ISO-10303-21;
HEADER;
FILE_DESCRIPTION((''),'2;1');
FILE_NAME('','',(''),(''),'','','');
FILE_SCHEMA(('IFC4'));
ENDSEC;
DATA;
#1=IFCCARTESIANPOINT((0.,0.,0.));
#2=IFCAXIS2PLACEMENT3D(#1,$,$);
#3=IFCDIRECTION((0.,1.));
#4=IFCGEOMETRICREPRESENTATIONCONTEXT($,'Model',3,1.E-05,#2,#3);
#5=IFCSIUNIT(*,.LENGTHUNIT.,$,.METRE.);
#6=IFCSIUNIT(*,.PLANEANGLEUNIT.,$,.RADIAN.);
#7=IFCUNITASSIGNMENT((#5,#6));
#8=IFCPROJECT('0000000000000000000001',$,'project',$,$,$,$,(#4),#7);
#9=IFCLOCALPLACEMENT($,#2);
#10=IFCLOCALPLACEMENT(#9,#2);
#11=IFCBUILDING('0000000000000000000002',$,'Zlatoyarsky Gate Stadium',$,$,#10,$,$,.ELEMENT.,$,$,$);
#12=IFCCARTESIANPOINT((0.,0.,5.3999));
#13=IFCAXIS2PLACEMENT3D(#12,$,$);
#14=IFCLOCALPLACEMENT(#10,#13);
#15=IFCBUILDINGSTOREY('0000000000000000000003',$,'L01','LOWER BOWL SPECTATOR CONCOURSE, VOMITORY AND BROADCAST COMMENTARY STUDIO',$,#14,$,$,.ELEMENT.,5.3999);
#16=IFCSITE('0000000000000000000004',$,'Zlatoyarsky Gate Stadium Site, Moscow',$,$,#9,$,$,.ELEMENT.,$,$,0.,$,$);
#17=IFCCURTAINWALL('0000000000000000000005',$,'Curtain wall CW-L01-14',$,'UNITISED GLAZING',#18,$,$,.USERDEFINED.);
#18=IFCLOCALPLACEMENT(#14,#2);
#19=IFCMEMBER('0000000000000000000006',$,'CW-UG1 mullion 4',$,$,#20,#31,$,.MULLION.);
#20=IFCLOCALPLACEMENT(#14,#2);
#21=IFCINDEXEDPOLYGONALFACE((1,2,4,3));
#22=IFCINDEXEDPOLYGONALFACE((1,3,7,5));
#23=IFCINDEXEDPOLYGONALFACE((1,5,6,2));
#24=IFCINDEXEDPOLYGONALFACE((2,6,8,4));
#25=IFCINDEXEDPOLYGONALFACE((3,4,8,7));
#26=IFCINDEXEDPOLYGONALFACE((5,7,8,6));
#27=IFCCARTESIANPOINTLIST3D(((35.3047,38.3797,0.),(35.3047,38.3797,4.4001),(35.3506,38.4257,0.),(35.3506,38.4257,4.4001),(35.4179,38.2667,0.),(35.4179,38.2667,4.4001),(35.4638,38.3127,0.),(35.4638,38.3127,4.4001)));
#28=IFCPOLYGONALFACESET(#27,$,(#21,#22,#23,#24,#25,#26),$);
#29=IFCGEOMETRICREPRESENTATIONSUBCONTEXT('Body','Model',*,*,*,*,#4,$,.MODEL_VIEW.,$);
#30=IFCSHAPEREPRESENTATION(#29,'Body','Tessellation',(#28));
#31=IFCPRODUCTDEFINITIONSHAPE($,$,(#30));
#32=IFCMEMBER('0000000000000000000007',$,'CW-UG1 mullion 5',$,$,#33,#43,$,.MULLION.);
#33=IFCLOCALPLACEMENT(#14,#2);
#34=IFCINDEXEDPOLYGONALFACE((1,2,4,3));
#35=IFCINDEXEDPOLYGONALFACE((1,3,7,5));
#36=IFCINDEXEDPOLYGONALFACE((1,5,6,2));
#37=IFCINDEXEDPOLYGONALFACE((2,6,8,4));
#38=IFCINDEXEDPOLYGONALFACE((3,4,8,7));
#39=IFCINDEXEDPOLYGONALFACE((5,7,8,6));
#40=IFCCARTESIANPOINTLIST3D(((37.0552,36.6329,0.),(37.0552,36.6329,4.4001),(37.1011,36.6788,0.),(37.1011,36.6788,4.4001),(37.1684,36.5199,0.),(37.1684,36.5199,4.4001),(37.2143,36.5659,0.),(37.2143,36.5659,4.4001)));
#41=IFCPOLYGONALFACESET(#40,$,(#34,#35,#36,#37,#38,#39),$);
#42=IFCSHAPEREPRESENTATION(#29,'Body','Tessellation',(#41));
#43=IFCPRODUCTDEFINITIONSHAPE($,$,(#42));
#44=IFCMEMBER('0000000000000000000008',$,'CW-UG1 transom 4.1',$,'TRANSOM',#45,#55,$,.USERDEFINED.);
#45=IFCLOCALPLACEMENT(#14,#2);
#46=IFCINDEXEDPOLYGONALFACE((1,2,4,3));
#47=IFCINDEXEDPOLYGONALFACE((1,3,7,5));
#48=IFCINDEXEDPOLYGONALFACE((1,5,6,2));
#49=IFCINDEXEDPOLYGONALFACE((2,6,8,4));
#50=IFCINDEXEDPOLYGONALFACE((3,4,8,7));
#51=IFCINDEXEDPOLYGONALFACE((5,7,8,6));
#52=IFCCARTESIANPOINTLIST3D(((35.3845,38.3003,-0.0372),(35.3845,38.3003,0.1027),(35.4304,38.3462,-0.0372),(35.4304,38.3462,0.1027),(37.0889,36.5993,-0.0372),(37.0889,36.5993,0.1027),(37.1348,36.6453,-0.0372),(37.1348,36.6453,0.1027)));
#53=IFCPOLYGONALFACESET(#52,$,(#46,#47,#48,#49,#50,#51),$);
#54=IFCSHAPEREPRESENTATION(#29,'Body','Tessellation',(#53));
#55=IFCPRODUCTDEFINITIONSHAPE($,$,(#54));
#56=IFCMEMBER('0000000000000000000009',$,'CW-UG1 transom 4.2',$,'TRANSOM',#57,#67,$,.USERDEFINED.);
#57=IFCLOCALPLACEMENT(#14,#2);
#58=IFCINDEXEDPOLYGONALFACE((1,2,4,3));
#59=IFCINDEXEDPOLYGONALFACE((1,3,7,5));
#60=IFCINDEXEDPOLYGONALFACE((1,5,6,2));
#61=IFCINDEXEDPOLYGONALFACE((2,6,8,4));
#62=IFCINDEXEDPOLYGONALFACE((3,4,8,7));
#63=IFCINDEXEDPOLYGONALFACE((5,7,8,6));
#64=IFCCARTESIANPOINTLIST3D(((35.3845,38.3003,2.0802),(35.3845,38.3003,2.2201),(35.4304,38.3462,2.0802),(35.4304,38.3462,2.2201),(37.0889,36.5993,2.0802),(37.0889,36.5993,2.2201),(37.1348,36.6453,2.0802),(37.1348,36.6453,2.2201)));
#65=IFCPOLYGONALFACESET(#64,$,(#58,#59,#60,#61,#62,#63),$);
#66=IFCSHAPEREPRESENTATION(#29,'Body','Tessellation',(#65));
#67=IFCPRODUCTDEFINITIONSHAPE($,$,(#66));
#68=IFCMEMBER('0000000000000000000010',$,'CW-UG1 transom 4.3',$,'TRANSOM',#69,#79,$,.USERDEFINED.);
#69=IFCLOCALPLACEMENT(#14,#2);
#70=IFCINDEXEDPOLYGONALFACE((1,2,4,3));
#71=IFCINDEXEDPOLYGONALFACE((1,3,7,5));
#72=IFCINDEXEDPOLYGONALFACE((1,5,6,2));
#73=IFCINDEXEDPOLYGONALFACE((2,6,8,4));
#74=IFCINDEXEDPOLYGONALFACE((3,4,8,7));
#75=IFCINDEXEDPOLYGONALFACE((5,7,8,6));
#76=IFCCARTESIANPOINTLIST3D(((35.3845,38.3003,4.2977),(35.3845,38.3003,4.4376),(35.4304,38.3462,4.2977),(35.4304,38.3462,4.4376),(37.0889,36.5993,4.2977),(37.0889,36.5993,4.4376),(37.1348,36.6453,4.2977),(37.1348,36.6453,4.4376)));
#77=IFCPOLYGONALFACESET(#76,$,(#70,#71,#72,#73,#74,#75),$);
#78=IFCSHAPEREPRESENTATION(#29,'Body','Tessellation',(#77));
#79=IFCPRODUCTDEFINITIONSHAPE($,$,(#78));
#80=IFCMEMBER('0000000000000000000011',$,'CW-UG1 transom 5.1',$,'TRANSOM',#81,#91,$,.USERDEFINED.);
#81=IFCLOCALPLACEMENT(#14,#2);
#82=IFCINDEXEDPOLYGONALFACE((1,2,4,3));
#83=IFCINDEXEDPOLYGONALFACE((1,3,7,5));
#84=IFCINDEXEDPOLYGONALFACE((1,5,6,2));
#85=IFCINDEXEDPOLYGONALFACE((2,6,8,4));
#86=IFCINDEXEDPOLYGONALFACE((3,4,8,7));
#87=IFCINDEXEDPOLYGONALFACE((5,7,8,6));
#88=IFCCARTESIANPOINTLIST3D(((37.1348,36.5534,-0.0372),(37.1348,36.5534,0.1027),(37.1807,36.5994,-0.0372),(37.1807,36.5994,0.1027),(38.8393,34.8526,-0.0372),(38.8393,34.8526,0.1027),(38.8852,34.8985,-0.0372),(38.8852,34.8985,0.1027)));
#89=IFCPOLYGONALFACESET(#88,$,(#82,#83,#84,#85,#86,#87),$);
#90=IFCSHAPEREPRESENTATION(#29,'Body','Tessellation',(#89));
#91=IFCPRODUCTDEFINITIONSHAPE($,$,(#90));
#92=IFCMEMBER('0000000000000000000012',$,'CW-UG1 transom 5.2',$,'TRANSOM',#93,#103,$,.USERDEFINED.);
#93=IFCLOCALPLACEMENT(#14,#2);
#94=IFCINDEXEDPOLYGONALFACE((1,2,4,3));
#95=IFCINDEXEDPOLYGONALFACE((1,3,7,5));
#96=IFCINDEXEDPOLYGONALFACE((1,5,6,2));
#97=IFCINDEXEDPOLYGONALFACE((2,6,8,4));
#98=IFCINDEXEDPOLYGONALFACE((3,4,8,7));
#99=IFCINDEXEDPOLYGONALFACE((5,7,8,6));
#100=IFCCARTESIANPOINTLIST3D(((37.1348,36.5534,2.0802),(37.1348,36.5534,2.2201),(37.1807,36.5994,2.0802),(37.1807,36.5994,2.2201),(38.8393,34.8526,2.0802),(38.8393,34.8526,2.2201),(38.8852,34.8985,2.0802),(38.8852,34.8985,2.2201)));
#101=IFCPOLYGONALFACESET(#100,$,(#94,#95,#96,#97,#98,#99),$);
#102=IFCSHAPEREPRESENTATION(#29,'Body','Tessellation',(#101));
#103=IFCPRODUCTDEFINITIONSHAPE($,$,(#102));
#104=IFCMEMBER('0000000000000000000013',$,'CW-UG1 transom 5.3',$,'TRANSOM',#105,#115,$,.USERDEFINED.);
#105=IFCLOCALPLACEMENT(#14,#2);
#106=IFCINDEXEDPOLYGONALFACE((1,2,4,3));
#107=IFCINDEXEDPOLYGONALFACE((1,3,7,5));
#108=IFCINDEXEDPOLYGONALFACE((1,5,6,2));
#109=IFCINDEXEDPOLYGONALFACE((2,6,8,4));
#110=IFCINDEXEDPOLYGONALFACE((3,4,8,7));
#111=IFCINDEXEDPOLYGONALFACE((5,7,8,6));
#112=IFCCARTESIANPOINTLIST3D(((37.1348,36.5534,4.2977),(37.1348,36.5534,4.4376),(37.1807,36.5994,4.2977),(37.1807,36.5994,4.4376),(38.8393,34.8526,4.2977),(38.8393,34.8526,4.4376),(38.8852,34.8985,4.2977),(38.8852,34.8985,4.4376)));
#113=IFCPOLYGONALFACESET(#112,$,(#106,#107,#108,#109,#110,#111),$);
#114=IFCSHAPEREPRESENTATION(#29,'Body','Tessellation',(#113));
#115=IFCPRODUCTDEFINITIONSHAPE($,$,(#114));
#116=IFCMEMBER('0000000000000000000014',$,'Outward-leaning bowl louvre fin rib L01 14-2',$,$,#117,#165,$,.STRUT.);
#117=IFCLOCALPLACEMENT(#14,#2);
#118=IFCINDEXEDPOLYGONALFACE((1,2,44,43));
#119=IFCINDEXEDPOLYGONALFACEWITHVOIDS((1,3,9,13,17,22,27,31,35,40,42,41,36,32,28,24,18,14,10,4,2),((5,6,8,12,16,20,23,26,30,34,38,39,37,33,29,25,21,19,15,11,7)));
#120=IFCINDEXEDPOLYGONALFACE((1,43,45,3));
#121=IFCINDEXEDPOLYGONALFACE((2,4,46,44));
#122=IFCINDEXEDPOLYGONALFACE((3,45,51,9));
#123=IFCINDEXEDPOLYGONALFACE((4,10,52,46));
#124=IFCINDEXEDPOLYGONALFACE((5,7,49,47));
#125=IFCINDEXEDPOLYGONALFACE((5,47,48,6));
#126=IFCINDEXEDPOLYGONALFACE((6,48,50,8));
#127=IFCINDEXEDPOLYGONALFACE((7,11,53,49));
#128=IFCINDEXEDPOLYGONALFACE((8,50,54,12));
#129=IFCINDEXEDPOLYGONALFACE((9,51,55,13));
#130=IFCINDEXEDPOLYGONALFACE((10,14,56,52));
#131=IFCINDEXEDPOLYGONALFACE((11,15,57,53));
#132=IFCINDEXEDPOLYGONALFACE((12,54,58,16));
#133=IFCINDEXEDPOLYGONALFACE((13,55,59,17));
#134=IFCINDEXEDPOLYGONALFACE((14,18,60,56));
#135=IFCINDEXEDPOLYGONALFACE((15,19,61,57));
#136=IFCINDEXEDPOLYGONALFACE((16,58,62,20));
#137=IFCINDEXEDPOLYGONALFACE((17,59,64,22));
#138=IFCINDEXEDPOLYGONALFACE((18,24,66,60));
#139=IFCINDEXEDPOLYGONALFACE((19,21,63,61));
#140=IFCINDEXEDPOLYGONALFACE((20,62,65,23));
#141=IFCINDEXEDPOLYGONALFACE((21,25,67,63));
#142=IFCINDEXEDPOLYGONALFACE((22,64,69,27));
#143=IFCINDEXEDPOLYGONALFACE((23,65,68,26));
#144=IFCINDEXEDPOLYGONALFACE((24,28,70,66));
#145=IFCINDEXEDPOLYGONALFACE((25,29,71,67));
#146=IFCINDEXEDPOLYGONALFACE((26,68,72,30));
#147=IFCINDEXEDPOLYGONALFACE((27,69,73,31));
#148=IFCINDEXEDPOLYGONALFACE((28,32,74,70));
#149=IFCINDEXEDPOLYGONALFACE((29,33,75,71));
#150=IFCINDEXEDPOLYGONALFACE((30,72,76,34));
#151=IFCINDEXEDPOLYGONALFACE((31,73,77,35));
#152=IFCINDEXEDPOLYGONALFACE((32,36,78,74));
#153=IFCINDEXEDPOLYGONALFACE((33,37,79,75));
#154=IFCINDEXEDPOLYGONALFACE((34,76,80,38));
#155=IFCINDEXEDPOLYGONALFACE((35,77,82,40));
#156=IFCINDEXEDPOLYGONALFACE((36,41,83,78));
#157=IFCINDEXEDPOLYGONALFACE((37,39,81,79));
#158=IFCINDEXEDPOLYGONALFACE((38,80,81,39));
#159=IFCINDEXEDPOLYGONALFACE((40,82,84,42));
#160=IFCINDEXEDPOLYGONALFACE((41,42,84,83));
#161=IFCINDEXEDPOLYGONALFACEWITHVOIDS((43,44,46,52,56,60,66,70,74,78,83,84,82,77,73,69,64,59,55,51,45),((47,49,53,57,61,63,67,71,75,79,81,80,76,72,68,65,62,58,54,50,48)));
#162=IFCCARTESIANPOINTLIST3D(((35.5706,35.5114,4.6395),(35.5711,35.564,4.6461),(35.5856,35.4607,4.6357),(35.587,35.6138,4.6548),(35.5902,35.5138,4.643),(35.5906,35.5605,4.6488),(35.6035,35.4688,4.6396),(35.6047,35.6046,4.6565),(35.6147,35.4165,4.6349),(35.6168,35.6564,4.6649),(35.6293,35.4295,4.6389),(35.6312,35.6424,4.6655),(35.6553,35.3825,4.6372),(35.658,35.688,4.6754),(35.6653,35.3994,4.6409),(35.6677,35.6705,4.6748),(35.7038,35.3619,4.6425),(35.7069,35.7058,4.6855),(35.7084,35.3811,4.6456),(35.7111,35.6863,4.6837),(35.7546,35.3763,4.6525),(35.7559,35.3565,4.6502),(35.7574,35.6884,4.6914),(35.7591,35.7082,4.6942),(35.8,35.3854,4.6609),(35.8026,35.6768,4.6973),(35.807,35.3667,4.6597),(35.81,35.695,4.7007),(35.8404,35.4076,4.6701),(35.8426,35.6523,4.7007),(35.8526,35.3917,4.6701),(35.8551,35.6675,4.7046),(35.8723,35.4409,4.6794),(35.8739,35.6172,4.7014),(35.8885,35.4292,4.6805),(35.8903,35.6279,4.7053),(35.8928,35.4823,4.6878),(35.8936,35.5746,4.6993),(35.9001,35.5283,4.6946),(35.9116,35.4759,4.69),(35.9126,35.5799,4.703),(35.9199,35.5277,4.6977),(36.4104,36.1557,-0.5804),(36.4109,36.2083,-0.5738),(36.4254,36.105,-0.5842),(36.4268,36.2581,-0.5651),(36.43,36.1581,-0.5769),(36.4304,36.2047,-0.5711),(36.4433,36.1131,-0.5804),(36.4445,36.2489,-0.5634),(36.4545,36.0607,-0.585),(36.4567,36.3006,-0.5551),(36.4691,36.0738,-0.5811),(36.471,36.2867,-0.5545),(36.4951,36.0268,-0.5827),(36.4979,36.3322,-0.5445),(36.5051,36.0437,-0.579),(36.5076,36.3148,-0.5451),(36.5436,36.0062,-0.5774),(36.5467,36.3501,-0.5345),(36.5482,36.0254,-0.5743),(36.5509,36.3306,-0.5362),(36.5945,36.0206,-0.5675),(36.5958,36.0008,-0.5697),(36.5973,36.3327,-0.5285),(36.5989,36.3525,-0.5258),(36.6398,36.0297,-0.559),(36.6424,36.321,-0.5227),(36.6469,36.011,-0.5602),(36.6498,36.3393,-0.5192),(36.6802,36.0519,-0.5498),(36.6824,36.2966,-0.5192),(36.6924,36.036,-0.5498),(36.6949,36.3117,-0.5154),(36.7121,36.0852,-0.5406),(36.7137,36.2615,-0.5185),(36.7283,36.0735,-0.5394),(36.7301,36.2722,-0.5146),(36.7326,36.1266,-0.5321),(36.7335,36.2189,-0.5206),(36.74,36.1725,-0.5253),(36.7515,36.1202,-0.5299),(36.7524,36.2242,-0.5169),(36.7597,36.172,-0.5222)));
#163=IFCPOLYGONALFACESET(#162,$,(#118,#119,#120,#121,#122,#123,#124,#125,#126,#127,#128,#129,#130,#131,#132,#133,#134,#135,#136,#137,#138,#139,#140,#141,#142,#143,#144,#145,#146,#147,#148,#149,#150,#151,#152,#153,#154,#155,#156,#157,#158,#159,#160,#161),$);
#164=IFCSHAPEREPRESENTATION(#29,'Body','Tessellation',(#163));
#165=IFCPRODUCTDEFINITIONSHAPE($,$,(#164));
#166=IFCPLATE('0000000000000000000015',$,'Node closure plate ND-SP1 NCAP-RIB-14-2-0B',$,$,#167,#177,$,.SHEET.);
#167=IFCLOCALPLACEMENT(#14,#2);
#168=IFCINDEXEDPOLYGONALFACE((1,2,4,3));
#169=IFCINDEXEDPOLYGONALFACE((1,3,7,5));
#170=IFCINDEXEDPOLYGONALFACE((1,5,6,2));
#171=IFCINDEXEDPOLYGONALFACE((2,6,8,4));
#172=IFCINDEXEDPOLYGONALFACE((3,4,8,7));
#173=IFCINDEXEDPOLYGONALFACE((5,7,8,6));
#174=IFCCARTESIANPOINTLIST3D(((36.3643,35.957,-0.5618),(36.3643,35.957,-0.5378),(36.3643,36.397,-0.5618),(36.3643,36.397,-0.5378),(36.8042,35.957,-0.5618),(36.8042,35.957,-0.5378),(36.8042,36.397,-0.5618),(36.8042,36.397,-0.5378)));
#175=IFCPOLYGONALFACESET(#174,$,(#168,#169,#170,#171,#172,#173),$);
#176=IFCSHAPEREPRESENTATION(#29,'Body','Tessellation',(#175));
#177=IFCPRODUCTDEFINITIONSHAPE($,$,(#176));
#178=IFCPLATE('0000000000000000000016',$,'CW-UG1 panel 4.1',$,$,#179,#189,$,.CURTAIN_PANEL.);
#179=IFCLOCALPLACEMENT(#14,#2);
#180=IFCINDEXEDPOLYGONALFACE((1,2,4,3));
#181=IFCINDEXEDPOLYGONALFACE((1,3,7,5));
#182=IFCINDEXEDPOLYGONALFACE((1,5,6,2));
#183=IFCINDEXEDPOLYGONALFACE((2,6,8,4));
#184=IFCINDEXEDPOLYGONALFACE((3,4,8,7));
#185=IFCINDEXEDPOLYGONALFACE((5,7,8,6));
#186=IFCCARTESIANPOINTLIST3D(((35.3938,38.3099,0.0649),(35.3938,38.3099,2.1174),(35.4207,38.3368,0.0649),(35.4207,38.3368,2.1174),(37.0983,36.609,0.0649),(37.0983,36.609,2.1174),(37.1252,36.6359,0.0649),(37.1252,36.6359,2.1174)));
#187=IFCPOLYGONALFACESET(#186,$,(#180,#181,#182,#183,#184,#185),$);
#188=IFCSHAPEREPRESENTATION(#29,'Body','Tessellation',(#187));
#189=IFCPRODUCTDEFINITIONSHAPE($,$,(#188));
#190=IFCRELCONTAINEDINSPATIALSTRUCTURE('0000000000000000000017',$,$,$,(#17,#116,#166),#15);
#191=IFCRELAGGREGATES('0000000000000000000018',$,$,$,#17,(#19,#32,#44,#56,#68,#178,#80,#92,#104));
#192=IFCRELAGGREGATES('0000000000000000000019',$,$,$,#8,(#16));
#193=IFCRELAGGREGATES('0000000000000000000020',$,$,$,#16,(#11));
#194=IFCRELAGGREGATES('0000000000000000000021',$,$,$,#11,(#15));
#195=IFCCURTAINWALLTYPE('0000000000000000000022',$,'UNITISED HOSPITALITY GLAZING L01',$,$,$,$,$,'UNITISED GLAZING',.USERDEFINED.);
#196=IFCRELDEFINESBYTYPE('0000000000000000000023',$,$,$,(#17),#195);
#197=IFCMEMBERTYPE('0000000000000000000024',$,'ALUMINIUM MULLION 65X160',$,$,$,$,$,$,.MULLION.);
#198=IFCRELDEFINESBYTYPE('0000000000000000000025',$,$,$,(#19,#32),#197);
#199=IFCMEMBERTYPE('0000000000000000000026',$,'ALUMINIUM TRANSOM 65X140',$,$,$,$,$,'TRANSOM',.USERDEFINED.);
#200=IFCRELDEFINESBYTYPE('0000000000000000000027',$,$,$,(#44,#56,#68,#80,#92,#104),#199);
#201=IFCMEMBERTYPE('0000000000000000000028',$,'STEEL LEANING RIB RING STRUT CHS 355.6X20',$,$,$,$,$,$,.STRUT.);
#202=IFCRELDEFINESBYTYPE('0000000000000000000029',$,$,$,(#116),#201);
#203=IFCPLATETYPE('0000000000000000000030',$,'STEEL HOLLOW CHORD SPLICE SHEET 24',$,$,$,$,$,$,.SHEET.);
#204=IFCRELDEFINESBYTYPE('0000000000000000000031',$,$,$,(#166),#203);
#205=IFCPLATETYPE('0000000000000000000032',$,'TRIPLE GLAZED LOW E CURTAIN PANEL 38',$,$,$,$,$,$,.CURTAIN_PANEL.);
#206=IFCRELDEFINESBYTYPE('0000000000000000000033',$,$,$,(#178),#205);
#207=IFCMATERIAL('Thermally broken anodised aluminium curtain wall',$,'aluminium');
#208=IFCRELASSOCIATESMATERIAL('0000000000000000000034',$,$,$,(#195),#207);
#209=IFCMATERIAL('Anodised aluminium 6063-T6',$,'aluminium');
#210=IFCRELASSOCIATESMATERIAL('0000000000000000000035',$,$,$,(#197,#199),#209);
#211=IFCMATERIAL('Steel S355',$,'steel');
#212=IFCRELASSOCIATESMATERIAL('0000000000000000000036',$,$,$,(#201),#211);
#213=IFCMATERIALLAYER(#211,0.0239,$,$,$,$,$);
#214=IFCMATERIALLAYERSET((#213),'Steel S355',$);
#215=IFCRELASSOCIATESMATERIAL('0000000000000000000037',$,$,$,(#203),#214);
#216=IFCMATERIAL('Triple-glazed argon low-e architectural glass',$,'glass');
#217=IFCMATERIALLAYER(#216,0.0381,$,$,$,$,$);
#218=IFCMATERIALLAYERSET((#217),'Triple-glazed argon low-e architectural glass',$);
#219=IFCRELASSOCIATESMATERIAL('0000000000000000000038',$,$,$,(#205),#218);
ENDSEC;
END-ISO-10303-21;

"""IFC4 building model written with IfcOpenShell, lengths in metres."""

from ifc_helpers import new_model, si_unit, direction, frame, origin, origin_2d, place, context, subcontext, project, spatial, rectangle, hollow_circle, extrude, material, layer, layer_set, material_profile, profile_set, type_object, element, aggregate, save


model = new_model("IFC4")

# Units and contexts
model_context = context("Model", 3, precision=1e-05, world=origin(), true_north=direction((0.0, 1.0)))
body_context = subcontext(model_context, "Body", "Model", "MODEL_VIEW")
ifc_project = project(units=[si_unit("LENGTHUNIT", "METRE"), si_unit("PLANEANGLEUNIT", "RADIAN")], contexts=[model_context])

# Site, building, storey
site_placement = place(None, origin())
site = spatial("IfcSite", under=ifc_project, at=site_placement, Name="Zlatoyarsky Gate Stadium Site, Moscow", CompositionType="ELEMENT", RefElevation=0.0)
building_placement = place(site_placement, origin())
building = spatial("IfcBuilding", under=site, at=building_placement, Name="Zlatoyarsky Gate Stadium", CompositionType="ELEMENT")
storey_placement = place(building_placement, frame((0.0, 0.0, 5.3999)))
storey = spatial("IfcBuildingStorey", under=building, at=storey_placement, Name="L01", Description="LOWER BOWL SPECTATOR CONCOURSE, VOMITORY AND BROADCAST COMMENTARY STUDIO", CompositionType="ELEMENT", Elevation=5.3999)

# Curtain wall, members
ifc_material_1 = material(Name="Thermally broken anodised aluminium curtain wall", Category="aluminium")
curtain_wall_type = type_object("IfcCurtainWallType", Name="UNITISED HOSPITALITY GLAZING L01", ElementType="UNITISED GLAZING", PredefinedType="USERDEFINED", material=ifc_material_1)
curtain_wall_placement = place(storey_placement, origin())
curtain_wall = element("IfcCurtainWall", 1, at=curtain_wall_placement, inside=storey, type_object=curtain_wall_type, Name="Curtain wall CW-L01-14", ObjectType="UNITISED GLAZING", PredefinedType="USERDEFINED")
ifc_material_2 = material(Name="Anodised aluminium 6063-T6", Category="aluminium")
ifc_material_profile_1 = material_profile(ifc_material_2, rectangle(XDim=0.0649, YDim=0.1599, at=origin_2d()), Name="ALU 65X160")
ifc_profile_set_1 = profile_set([ifc_material_profile_1], Name="Anodised aluminium 6063-T6")
member_type_1 = type_object("IfcMemberType", Name="ALUMINIUM MULLION 65X160", PredefinedType="MULLION", material=ifc_profile_set_1)
member_1_placement = place(storey_placement, frame((35.3843, 38.3462, 0.0), z_axis=(0.0, 0.0, 1.0), x_axis=(0.706373, 0.707839, 0.0)))
member_1 = element("IfcMember", 2, at=member_1_placement, type_object=member_type_1, Name="CW-UG1 mullion 4", PredefinedType="MULLION", context=body_context, shape_type="SweptSolid", body=[
    extrude(rectangle(XDim=0.0649, YDim=0.1599, at=origin_2d()), origin(), (0.0, 0.0, 1.0), 4.4001),
])
member_2_placement = place(storey_placement, frame((37.1348, 36.5994, 0.0), z_axis=(0.0, 0.0, 1.0), x_axis=(0.706373, 0.707839, 0.0)))
member_2 = element("IfcMember", 3, at=member_2_placement, type_object=member_type_1, Name="CW-UG1 mullion 5", PredefinedType="MULLION", context=body_context, shape_type="SweptSolid", body=[
    extrude(rectangle(XDim=0.0649, YDim=0.1599, at=origin_2d()), origin(), (0.0, 0.0, 1.0), 4.4001),
])
ifc_material_profile_2 = material_profile(ifc_material_2, rectangle(XDim=0.0649, YDim=0.1399, at=origin_2d()), Name="ALU 65X140")
ifc_profile_set_2 = profile_set([ifc_material_profile_2], Name="Anodised aluminium 6063-T6")
member_type_2 = type_object("IfcMemberType", Name="ALUMINIUM TRANSOM 65X140", ElementType="TRANSOM", PredefinedType="USERDEFINED", material=ifc_profile_set_2)
member_3_placement = place(storey_placement, frame((35.4075, 38.3232, 0.0327), z_axis=(0.707816, -0.706397, 0.0), x_axis=(0.706397, 0.707816, 0.0)))
member_3 = element("IfcMember", 4, at=member_3_placement, type_object=member_type_2, Name="CW-UG1 transom 4.1", ObjectType="TRANSOM", PredefinedType="USERDEFINED", context=body_context, shape_type="SweptSolid", body=[
    extrude(rectangle(XDim=0.0649, YDim=0.1399, at=origin_2d()), origin(), (0.0, 0.0, 1.0), 2.408),
])
member_4_placement = place(storey_placement, frame((35.4075, 38.3232, 2.1501), z_axis=(0.707816, -0.706397, 0.0), x_axis=(0.706397, 0.707816, 0.0)))
member_4 = element("IfcMember", 5, at=member_4_placement, type_object=member_type_2, Name="CW-UG1 transom 4.2", ObjectType="TRANSOM", PredefinedType="USERDEFINED", context=body_context, shape_type="SweptSolid", body=[
    extrude(rectangle(XDim=0.0649, YDim=0.1399, at=origin_2d()), origin(), (0.0, 0.0, 1.0), 2.408),
])
member_5_placement = place(storey_placement, frame((35.4075, 38.3232, 4.3677), z_axis=(0.707816, -0.706397, 0.0), x_axis=(0.706397, 0.707816, 0.0)))
member_5 = element("IfcMember", 6, at=member_5_placement, type_object=member_type_2, Name="CW-UG1 transom 4.3", ObjectType="TRANSOM", PredefinedType="USERDEFINED", context=body_context, shape_type="SweptSolid", body=[
    extrude(rectangle(XDim=0.0649, YDim=0.1399, at=origin_2d()), origin(), (0.0, 0.0, 1.0), 2.408),
])
member_6_placement = place(storey_placement, frame((37.1577, 36.5764, 0.0327), z_axis=(0.707867, -0.706346, 0.0), x_axis=(0.706346, 0.707867, 0.0)))
member_6 = element("IfcMember", 7, at=member_6_placement, type_object=member_type_2, Name="CW-UG1 transom 5.1", ObjectType="TRANSOM", PredefinedType="USERDEFINED", context=body_context, shape_type="SweptSolid", body=[
    extrude(rectangle(XDim=0.0649, YDim=0.1399, at=origin_2d()), origin(), (0.0, 0.0, 1.0), 2.408),
])
member_7_placement = place(storey_placement, frame((37.1577, 36.5764, 2.1501), z_axis=(0.707867, -0.706346, 0.0), x_axis=(0.706346, 0.707867, 0.0)))
member_7 = element("IfcMember", 8, at=member_7_placement, type_object=member_type_2, Name="CW-UG1 transom 5.2", ObjectType="TRANSOM", PredefinedType="USERDEFINED", context=body_context, shape_type="SweptSolid", body=[
    extrude(rectangle(XDim=0.0649, YDim=0.1399, at=origin_2d()), origin(), (0.0, 0.0, 1.0), 2.408),
])
member_8_placement = place(storey_placement, frame((37.1577, 36.5764, 4.3677), z_axis=(0.707867, -0.706346, 0.0), x_axis=(0.706346, 0.707867, 0.0)))
member_8 = element("IfcMember", 9, at=member_8_placement, type_object=member_type_2, Name="CW-UG1 transom 5.3", ObjectType="TRANSOM", PredefinedType="USERDEFINED", context=body_context, shape_type="SweptSolid", body=[
    extrude(rectangle(XDim=0.0649, YDim=0.1399, at=origin_2d()), origin(), (0.0, 0.0, 1.0), 2.408),
])

# Member
ifc_material_3 = material(Name="Steel S355", Category="steel")
ifc_material_profile_3 = material_profile(ifc_material_3, hollow_circle(Radius=0.1777, WallThickness=0.02, at=origin_2d()), Name="CHS 355.6X20")
ifc_profile_set_3 = profile_set([ifc_material_profile_3], Name="Steel S355")
member_type_3 = type_object("IfcMemberType", Name="STEEL LEANING RIB RING STRUT CHS 355.6X20", PredefinedType="STRUT", material=ifc_profile_set_3)
member_9_placement = place(storey_placement, frame((36.5842, 36.177, -0.5498), z_axis=(-0.157681, -0.120965, 0.980053), x_axis=(0.608674, -0.793421, 0.0)))
element("IfcMember", 10, at=member_9_placement, inside=storey, type_object=member_type_3, Name="Outward-leaning bowl louvre fin rib L01 14-2", PredefinedType="STRUT", context=body_context, shape_type="SweptSolid", body=[
    extrude(hollow_circle(Radius=0.1777, WallThickness=0.02, at=origin_2d()), origin(), (0.0, 0.0, 1.0), 5.3262),
])

# Plates
ifc_layer_1 = layer(ifc_material_3, 0.0239)
ifc_layer_set_1 = layer_set([ifc_layer_1], Name="Steel S355")
plate_type_1 = type_object("IfcPlateType", Name="STEEL HOLLOW CHORD SPLICE SHEET 24", PredefinedType="SHEET", material=ifc_layer_set_1)
plate_1_placement = place(storey_placement, frame((36.5842, 36.177, -0.5618), z_axis=(0.0, 0.0, 1.0), x_axis=(1.0, 0.0, 0.0)))
element("IfcPlate", 11, at=plate_1_placement, inside=storey, type_object=plate_type_1, Name="Node closure plate ND-SP1 NCAP-RIB-14-2-0B", PredefinedType="SHEET", context=body_context, shape_type="SweptSolid", body=[
    extrude(rectangle(XDim=0.4399, YDim=0.4399, at=origin_2d()), origin(), (0.0, 0.0, 1.0), 0.0239),
])
ifc_material_4 = material(Name="Triple-glazed argon low-e architectural glass", Category="glass")
ifc_layer_2 = layer(ifc_material_4, 0.0381)
ifc_layer_set_2 = layer_set([ifc_layer_2], Name="Triple-glazed argon low-e architectural glass")
plate_type_2 = type_object("IfcPlateType", Name="TRIPLE GLAZED LOW E CURTAIN PANEL 38", PredefinedType="CURTAIN_PANEL", material=ifc_layer_set_2)
plate_2_placement = place(storey_placement, frame((36.2595, 37.4729, 0.0649), z_axis=(0.0, 0.0, 1.0), x_axis=(0.707839, -0.706373, 0.0)))
plate_2 = element("IfcPlate", 12, at=plate_2_placement, type_object=plate_type_2, Name="CW-UG1 panel 4.1", PredefinedType="CURTAIN_PANEL", context=body_context, shape_type="SweptSolid", body=[
    extrude(rectangle(XDim=2.408, YDim=0.0381, at=origin_2d()), origin(), (0.0, 0.0, 1.0), 2.0525),
])
aggregate(curtain_wall, [member_1, member_2, member_3, member_4, member_5, plate_2, member_6, member_7, member_8])

save(model, "model.ifc")
